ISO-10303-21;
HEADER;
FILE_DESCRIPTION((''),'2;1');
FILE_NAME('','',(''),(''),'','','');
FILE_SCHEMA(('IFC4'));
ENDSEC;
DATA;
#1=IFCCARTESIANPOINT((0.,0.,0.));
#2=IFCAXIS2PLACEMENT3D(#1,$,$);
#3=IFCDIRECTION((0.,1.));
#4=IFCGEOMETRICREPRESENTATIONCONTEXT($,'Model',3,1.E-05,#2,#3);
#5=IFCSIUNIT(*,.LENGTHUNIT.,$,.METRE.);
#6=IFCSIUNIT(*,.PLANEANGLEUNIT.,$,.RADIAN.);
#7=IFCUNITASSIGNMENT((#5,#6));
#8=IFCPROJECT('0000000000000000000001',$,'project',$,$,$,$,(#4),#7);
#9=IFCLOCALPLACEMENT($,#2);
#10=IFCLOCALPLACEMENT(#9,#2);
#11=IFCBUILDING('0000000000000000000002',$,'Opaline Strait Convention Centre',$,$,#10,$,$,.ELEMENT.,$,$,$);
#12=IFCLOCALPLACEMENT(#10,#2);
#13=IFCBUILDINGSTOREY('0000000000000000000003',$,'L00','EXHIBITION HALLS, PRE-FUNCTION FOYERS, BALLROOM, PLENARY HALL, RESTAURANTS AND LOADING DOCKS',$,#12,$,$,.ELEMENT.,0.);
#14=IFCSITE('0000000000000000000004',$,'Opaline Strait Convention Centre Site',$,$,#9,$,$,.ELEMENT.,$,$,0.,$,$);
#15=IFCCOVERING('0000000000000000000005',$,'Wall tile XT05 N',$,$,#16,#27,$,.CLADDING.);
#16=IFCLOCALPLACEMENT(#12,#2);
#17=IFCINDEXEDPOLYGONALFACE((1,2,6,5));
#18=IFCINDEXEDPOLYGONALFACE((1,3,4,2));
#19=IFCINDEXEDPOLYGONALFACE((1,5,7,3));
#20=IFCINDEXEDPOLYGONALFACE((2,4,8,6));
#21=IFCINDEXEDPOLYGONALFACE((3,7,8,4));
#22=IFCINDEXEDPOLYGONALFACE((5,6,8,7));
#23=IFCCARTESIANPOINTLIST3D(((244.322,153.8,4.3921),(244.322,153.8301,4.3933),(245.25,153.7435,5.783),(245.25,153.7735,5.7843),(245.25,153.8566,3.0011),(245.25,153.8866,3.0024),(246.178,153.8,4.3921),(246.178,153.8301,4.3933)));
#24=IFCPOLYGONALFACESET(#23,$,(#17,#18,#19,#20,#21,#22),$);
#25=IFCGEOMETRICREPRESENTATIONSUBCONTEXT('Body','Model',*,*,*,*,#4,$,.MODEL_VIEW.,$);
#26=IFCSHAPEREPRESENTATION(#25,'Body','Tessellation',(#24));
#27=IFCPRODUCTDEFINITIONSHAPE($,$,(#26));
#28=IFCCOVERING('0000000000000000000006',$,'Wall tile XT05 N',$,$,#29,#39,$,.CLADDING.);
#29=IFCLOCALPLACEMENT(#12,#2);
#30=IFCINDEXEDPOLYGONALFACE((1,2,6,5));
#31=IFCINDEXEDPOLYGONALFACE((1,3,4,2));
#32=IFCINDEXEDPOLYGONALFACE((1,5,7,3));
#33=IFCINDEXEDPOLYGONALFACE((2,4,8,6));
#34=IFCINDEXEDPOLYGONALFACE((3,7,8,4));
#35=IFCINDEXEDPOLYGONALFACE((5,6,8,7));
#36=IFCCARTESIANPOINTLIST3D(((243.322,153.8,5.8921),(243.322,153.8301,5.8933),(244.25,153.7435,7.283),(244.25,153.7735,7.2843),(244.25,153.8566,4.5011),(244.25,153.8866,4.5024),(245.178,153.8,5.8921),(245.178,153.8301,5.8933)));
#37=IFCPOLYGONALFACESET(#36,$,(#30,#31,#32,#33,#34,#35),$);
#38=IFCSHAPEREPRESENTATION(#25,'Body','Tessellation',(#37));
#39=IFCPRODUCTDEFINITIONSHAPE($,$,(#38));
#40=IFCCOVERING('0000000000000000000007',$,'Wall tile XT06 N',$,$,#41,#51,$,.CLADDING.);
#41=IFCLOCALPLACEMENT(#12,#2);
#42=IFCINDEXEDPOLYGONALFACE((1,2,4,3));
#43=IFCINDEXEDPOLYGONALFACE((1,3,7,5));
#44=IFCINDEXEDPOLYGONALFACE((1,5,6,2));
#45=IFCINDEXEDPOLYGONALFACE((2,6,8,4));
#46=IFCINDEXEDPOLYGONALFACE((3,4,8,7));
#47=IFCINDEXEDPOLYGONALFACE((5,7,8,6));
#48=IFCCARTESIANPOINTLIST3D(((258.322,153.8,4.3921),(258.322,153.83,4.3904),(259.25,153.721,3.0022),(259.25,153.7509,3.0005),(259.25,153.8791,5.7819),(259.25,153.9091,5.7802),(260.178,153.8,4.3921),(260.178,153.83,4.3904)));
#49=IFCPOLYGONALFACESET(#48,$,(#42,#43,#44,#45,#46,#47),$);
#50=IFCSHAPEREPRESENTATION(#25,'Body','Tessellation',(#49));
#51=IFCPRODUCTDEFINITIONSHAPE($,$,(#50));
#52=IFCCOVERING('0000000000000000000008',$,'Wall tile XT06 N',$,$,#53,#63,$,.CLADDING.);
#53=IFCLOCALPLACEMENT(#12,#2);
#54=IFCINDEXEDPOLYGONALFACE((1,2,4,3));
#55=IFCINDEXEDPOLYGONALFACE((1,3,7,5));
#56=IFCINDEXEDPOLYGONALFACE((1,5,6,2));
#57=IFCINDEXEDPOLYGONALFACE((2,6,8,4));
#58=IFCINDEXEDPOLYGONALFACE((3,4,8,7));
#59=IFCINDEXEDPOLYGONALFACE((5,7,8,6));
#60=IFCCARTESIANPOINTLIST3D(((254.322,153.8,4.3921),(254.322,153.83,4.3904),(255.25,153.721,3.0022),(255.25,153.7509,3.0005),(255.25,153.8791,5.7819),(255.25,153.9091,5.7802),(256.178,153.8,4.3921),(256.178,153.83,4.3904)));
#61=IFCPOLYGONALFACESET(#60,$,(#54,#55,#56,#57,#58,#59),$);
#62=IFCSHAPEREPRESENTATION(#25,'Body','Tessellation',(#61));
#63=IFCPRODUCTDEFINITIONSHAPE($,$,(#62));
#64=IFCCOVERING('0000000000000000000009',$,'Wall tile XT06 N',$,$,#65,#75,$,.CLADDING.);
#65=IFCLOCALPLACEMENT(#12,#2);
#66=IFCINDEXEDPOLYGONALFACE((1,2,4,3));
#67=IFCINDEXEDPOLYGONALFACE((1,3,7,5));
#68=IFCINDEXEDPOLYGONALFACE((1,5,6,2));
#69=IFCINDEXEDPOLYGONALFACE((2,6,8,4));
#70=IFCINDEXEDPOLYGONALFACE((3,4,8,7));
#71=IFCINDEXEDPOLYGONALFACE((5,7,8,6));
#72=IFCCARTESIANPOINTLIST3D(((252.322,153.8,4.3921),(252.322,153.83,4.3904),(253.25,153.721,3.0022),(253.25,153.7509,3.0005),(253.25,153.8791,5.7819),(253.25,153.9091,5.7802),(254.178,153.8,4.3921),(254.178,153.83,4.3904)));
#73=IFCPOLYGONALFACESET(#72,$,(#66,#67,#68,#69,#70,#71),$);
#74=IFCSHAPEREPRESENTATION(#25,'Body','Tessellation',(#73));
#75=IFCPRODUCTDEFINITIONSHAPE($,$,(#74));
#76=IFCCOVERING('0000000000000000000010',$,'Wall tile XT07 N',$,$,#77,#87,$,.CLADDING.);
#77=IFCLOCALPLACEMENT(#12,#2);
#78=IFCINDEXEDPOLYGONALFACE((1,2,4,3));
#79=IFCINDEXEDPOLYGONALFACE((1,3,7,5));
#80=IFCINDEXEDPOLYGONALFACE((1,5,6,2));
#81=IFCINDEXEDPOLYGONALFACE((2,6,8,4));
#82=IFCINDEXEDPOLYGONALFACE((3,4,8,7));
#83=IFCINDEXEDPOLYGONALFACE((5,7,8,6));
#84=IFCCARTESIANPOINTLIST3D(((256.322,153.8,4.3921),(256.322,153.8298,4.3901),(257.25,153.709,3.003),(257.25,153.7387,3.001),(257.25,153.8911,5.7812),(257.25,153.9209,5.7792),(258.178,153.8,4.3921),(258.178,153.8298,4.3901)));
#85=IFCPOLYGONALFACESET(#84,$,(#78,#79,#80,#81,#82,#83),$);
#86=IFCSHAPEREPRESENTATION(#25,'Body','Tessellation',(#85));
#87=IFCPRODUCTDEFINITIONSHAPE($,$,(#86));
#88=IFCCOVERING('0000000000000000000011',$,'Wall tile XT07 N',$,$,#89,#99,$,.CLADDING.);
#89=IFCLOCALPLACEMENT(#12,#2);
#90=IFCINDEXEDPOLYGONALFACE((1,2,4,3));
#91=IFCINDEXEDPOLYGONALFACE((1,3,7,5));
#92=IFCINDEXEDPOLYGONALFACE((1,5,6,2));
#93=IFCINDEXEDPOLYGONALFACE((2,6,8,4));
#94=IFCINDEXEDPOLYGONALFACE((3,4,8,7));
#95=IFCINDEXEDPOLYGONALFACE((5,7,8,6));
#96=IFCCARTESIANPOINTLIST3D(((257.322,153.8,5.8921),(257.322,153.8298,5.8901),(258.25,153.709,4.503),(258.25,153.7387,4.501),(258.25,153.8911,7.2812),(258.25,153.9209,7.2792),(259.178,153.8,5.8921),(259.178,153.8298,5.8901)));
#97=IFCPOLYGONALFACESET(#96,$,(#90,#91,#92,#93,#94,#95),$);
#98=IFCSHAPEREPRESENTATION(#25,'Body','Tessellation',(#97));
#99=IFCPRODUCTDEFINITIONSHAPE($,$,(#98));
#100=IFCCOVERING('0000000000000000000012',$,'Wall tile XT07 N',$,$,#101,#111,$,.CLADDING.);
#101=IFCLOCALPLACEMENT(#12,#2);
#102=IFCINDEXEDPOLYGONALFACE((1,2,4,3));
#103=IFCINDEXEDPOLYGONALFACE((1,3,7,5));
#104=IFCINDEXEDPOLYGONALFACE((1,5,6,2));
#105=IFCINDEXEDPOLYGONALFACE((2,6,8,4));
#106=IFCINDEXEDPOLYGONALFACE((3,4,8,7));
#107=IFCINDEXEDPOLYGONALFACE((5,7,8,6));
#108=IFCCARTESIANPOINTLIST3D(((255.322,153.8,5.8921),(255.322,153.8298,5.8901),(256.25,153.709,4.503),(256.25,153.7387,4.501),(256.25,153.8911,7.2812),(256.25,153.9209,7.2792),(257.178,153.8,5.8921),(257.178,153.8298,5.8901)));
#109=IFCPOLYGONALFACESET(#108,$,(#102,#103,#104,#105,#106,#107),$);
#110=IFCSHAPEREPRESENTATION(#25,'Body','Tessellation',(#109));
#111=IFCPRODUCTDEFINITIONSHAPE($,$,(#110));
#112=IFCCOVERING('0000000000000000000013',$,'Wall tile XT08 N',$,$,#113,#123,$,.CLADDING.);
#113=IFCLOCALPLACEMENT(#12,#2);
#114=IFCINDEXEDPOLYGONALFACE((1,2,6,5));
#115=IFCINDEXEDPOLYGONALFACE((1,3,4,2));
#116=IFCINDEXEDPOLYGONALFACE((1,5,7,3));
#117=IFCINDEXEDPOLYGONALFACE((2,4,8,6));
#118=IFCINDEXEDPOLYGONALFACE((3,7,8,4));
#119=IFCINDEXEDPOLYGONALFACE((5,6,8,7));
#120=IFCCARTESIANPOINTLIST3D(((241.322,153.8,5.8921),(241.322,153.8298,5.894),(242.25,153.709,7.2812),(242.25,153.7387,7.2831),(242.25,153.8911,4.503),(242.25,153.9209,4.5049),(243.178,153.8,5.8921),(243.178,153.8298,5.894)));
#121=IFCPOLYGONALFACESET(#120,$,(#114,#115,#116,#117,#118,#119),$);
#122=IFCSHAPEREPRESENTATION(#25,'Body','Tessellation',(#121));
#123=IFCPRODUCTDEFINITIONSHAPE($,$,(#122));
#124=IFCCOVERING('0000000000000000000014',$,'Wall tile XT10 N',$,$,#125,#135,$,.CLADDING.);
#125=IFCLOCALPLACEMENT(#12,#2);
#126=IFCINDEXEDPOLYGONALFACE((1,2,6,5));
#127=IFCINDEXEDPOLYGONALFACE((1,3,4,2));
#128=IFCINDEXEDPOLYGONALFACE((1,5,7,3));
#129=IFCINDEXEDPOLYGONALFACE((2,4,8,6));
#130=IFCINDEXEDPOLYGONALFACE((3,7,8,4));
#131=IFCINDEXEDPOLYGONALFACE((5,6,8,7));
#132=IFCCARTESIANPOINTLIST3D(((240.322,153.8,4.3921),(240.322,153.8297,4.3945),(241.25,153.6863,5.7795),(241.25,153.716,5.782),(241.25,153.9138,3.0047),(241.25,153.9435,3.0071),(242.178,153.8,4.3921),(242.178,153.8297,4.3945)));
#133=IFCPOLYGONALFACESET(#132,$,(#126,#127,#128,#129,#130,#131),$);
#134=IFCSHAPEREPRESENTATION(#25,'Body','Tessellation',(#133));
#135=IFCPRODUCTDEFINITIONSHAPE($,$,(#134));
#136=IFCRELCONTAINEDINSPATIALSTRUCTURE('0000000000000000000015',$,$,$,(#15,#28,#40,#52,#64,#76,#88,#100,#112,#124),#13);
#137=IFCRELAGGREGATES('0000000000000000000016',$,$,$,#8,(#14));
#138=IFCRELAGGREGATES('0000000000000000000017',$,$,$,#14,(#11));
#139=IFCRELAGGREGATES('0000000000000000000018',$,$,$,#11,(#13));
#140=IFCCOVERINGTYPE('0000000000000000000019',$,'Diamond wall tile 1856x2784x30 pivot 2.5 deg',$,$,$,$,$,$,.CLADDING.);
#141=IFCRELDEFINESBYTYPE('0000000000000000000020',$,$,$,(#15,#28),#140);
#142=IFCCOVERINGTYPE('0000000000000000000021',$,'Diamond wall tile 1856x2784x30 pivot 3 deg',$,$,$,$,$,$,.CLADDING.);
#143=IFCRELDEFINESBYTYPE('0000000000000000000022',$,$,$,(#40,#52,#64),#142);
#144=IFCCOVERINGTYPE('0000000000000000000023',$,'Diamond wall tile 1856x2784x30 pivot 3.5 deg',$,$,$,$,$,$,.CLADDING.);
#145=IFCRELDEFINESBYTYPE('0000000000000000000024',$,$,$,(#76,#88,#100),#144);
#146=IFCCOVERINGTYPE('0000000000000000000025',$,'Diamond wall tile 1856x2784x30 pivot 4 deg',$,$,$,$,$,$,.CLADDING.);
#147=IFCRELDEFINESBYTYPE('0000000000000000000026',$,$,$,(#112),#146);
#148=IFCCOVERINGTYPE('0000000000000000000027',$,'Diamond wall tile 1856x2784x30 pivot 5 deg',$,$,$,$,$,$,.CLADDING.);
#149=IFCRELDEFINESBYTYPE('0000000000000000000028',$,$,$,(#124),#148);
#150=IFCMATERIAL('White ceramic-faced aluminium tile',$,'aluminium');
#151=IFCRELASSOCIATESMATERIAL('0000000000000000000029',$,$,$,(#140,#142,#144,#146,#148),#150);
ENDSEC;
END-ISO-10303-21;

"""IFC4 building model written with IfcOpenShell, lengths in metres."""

from ifc_helpers import new_model, si_unit, direction, frame, origin, place, context, subcontext, project, spatial, polyline, outline, extrude, material, material_profile, profile_set, type_object, element, save


model = new_model("IFC4")

# Units and contexts
model_context = context("Model", 3, precision=1e-05, world=origin(), true_north=direction((0.0, 1.0)))
body_context = subcontext(model_context, "Body", "Model", "MODEL_VIEW")
ifc_project = project(units=[si_unit("LENGTHUNIT", "METRE"), si_unit("PLANEANGLEUNIT", "RADIAN")], contexts=[model_context])

# Site, building, storey
site_placement = place(None, origin())
site = spatial("IfcSite", under=ifc_project, at=site_placement, Name="Opaline Strait Convention Centre Site", CompositionType="ELEMENT", RefElevation=0.0)
building_placement = place(site_placement, origin())
building = spatial("IfcBuilding", under=site, at=building_placement, Name="Opaline Strait Convention Centre", CompositionType="ELEMENT")
storey_placement = place(building_placement, origin())
storey = spatial("IfcBuildingStorey", under=building, at=storey_placement, Name="L00", Description="EXHIBITION HALLS, PRE-FUNCTION FOYERS, BALLROOM, PLENARY HALL, RESTAURANTS AND LOADING DOCKS", CompositionType="ELEMENT", Elevation=0.0)

# Coverings
ifc_material_1 = material(Name="White ceramic-faced aluminium tile", Category="aluminium")
ifc_material_profile_1 = material_profile(ifc_material_1, outline(polyline([(0.928, 0.0), (0.0, 1.3921), (-0.928, 0.0), (0.0, -1.3921), (0.928, 0.0)])), Name="Diamond tile 1856x2784")
ifc_profile_set_1 = profile_set([ifc_material_profile_1], Name="White ceramic-faced aluminium tile")
covering_type_1 = type_object("IfcCoveringType", Name="Diamond wall tile 1856x2784x30 pivot 2.5 deg", PredefinedType="CLADDING", material=ifc_profile_set_1)
for number, where, z_axis, x_axis, name in (
    (1, (245.25, 153.8, 4.3921), (0.0, 0.999175, 0.040617), (-1.0, 0.0, 0.0), "Wall tile XT05 N"),
    (2, (244.25, 153.8, 5.8921), (0.0, 0.999175, 0.040617), (-1.0, 0.0, 0.0), "Wall tile XT05 N"),
):
    element("IfcCovering", number, at=place(storey_placement, frame(where, z_axis=z_axis, x_axis=x_axis)), inside=storey, type_object=covering_type_1, Name=name, PredefinedType="CLADDING", context=body_context, shape_type="SweptSolid", body=[
        extrude(outline(polyline([(0.928, 0.0), (0.0, 1.3921), (-0.928, 0.0), (0.0, -1.3921), (0.928, 0.0)])), origin(), (0.0, 0.0, 1.0), 0.03),
    ])
ifc_material_profile_2 = material_profile(ifc_material_1, outline(polyline([(0.928, 0.0), (0.0, 1.3921), (-0.928, 0.0), (0.0, -1.3921), (0.928, 0.0)])), Name="Diamond tile 1856x2784")
ifc_profile_set_2 = profile_set([ifc_material_profile_2], Name="White ceramic-faced aluminium tile")
covering_type_2 = type_object("IfcCoveringType", Name="Diamond wall tile 1856x2784x30 pivot 3 deg", PredefinedType="CLADDING", material=ifc_profile_set_2)
for number, where, z_axis, x_axis, name in (
    (3, (259.25, 153.8, 4.3921), (0.0, 0.998385, -0.056819), (-1.0, 0.0, 0.0), "Wall tile XT06 N"),
    (4, (255.25, 153.8, 4.3921), (0.0, 0.998385, -0.056819), (-1.0, 0.0, 0.0), "Wall tile XT06 N"),
    (5, (253.25, 153.8, 4.3921), (0.0, 0.998385, -0.056819), (-1.0, 0.0, 0.0), "Wall tile XT06 N"),
):
    element("IfcCovering", number, at=place(storey_placement, frame(where, z_axis=z_axis, x_axis=x_axis)), inside=storey, type_object=covering_type_2, Name=name, PredefinedType="CLADDING", context=body_context, shape_type="SweptSolid", body=[
        extrude(outline(polyline([(0.928, 0.0), (0.0, 1.3921), (-0.928, 0.0), (0.0, -1.3921), (0.928, 0.0)])), origin(), (0.0, 0.0, 1.0), 0.03),
    ])
ifc_material_profile_3 = material_profile(ifc_material_1, outline(polyline([(0.928, 0.0), (0.0, 1.3921), (-0.928, 0.0), (0.0, -1.3921), (0.928, 0.0)])), Name="Diamond tile 1856x2784")
ifc_profile_set_3 = profile_set([ifc_material_profile_3], Name="White ceramic-faced aluminium tile")
covering_type_3 = type_object("IfcCoveringType", Name="Diamond wall tile 1856x2784x30 pivot 3.5 deg", PredefinedType="CLADDING", material=ifc_profile_set_3)
for number, where, z_axis, x_axis, name in (
    (6, (257.25, 153.8, 4.3921), (0.0, 0.997857, -0.065433), (-1.0, 0.0, 0.0), "Wall tile XT07 N"),
    (7, (258.25, 153.8, 5.8921), (0.0, 0.997857, -0.065433), (-1.0, 0.0, 0.0), "Wall tile XT07 N"),
    (8, (256.25, 153.8, 5.8921), (0.0, 0.997857, -0.065433), (-1.0, 0.0, 0.0), "Wall tile XT07 N"),
):
    element("IfcCovering", number, at=place(storey_placement, frame(where, z_axis=z_axis, x_axis=x_axis)), inside=storey, type_object=covering_type_3, Name=name, PredefinedType="CLADDING", context=body_context, shape_type="SweptSolid", body=[
        extrude(outline(polyline([(0.928, 0.0), (0.0, 1.3921), (-0.928, 0.0), (0.0, -1.3921), (0.928, 0.0)])), origin(), (0.0, 0.0, 1.0), 0.0298),
    ])
ifc_material_profile_4 = material_profile(ifc_material_1, outline(polyline([(0.928, 0.0), (0.0, 1.3921), (-0.928, 0.0), (0.0, -1.3921), (0.928, 0.0)])), Name="Diamond tile 1856x2784")
ifc_profile_set_4 = profile_set([ifc_material_profile_4], Name="White ceramic-faced aluminium tile")
covering_type_4 = type_object("IfcCoveringType", Name="Diamond wall tile 1856x2784x30 pivot 4 deg", PredefinedType="CLADDING", material=ifc_profile_set_4)
covering_1_placement = place(storey_placement, frame((242.25, 153.8, 5.8921), z_axis=(0.0, 0.997857, 0.065433), x_axis=(-1.0, 0.0, 0.0)))
element("IfcCovering", 9, at=covering_1_placement, inside=storey, type_object=covering_type_4, Name="Wall tile XT08 N", PredefinedType="CLADDING", context=body_context, shape_type="SweptSolid", body=[
    extrude(outline(polyline([(0.928, 0.0), (0.0, 1.3921), (-0.928, 0.0), (0.0, -1.3921), (0.928, 0.0)])), origin(), (0.0, 0.0, 1.0), 0.0298),
])
ifc_material_profile_5 = material_profile(ifc_material_1, outline(polyline([(0.928, 0.0), (0.0, 1.3921), (-0.928, 0.0), (0.0, -1.3921), (0.928, 0.0)])), Name="Diamond tile 1856x2784")
ifc_profile_set_5 = profile_set([ifc_material_profile_5], Name="White ceramic-faced aluminium tile")
covering_type_5 = type_object("IfcCoveringType", Name="Diamond wall tile 1856x2784x30 pivot 5 deg", PredefinedType="CLADDING", material=ifc_profile_set_5)
covering_2_placement = place(storey_placement, frame((241.25, 153.8, 4.3921), z_axis=(0.0, 0.996658, 0.081693), x_axis=(-1.0, 0.0, 0.0)))
element("IfcCovering", 10, at=covering_2_placement, inside=storey, type_object=covering_type_5, Name="Wall tile XT10 N", PredefinedType="CLADDING", context=body_context, shape_type="SweptSolid", body=[
    extrude(outline(polyline([(0.928, 0.0), (0.0, 1.3921), (-0.928, 0.0), (0.0, -1.3921), (0.928, 0.0)])), origin(), (0.0, 0.0, 1.0), 0.0298),
])

save(model, "model.ifc")
